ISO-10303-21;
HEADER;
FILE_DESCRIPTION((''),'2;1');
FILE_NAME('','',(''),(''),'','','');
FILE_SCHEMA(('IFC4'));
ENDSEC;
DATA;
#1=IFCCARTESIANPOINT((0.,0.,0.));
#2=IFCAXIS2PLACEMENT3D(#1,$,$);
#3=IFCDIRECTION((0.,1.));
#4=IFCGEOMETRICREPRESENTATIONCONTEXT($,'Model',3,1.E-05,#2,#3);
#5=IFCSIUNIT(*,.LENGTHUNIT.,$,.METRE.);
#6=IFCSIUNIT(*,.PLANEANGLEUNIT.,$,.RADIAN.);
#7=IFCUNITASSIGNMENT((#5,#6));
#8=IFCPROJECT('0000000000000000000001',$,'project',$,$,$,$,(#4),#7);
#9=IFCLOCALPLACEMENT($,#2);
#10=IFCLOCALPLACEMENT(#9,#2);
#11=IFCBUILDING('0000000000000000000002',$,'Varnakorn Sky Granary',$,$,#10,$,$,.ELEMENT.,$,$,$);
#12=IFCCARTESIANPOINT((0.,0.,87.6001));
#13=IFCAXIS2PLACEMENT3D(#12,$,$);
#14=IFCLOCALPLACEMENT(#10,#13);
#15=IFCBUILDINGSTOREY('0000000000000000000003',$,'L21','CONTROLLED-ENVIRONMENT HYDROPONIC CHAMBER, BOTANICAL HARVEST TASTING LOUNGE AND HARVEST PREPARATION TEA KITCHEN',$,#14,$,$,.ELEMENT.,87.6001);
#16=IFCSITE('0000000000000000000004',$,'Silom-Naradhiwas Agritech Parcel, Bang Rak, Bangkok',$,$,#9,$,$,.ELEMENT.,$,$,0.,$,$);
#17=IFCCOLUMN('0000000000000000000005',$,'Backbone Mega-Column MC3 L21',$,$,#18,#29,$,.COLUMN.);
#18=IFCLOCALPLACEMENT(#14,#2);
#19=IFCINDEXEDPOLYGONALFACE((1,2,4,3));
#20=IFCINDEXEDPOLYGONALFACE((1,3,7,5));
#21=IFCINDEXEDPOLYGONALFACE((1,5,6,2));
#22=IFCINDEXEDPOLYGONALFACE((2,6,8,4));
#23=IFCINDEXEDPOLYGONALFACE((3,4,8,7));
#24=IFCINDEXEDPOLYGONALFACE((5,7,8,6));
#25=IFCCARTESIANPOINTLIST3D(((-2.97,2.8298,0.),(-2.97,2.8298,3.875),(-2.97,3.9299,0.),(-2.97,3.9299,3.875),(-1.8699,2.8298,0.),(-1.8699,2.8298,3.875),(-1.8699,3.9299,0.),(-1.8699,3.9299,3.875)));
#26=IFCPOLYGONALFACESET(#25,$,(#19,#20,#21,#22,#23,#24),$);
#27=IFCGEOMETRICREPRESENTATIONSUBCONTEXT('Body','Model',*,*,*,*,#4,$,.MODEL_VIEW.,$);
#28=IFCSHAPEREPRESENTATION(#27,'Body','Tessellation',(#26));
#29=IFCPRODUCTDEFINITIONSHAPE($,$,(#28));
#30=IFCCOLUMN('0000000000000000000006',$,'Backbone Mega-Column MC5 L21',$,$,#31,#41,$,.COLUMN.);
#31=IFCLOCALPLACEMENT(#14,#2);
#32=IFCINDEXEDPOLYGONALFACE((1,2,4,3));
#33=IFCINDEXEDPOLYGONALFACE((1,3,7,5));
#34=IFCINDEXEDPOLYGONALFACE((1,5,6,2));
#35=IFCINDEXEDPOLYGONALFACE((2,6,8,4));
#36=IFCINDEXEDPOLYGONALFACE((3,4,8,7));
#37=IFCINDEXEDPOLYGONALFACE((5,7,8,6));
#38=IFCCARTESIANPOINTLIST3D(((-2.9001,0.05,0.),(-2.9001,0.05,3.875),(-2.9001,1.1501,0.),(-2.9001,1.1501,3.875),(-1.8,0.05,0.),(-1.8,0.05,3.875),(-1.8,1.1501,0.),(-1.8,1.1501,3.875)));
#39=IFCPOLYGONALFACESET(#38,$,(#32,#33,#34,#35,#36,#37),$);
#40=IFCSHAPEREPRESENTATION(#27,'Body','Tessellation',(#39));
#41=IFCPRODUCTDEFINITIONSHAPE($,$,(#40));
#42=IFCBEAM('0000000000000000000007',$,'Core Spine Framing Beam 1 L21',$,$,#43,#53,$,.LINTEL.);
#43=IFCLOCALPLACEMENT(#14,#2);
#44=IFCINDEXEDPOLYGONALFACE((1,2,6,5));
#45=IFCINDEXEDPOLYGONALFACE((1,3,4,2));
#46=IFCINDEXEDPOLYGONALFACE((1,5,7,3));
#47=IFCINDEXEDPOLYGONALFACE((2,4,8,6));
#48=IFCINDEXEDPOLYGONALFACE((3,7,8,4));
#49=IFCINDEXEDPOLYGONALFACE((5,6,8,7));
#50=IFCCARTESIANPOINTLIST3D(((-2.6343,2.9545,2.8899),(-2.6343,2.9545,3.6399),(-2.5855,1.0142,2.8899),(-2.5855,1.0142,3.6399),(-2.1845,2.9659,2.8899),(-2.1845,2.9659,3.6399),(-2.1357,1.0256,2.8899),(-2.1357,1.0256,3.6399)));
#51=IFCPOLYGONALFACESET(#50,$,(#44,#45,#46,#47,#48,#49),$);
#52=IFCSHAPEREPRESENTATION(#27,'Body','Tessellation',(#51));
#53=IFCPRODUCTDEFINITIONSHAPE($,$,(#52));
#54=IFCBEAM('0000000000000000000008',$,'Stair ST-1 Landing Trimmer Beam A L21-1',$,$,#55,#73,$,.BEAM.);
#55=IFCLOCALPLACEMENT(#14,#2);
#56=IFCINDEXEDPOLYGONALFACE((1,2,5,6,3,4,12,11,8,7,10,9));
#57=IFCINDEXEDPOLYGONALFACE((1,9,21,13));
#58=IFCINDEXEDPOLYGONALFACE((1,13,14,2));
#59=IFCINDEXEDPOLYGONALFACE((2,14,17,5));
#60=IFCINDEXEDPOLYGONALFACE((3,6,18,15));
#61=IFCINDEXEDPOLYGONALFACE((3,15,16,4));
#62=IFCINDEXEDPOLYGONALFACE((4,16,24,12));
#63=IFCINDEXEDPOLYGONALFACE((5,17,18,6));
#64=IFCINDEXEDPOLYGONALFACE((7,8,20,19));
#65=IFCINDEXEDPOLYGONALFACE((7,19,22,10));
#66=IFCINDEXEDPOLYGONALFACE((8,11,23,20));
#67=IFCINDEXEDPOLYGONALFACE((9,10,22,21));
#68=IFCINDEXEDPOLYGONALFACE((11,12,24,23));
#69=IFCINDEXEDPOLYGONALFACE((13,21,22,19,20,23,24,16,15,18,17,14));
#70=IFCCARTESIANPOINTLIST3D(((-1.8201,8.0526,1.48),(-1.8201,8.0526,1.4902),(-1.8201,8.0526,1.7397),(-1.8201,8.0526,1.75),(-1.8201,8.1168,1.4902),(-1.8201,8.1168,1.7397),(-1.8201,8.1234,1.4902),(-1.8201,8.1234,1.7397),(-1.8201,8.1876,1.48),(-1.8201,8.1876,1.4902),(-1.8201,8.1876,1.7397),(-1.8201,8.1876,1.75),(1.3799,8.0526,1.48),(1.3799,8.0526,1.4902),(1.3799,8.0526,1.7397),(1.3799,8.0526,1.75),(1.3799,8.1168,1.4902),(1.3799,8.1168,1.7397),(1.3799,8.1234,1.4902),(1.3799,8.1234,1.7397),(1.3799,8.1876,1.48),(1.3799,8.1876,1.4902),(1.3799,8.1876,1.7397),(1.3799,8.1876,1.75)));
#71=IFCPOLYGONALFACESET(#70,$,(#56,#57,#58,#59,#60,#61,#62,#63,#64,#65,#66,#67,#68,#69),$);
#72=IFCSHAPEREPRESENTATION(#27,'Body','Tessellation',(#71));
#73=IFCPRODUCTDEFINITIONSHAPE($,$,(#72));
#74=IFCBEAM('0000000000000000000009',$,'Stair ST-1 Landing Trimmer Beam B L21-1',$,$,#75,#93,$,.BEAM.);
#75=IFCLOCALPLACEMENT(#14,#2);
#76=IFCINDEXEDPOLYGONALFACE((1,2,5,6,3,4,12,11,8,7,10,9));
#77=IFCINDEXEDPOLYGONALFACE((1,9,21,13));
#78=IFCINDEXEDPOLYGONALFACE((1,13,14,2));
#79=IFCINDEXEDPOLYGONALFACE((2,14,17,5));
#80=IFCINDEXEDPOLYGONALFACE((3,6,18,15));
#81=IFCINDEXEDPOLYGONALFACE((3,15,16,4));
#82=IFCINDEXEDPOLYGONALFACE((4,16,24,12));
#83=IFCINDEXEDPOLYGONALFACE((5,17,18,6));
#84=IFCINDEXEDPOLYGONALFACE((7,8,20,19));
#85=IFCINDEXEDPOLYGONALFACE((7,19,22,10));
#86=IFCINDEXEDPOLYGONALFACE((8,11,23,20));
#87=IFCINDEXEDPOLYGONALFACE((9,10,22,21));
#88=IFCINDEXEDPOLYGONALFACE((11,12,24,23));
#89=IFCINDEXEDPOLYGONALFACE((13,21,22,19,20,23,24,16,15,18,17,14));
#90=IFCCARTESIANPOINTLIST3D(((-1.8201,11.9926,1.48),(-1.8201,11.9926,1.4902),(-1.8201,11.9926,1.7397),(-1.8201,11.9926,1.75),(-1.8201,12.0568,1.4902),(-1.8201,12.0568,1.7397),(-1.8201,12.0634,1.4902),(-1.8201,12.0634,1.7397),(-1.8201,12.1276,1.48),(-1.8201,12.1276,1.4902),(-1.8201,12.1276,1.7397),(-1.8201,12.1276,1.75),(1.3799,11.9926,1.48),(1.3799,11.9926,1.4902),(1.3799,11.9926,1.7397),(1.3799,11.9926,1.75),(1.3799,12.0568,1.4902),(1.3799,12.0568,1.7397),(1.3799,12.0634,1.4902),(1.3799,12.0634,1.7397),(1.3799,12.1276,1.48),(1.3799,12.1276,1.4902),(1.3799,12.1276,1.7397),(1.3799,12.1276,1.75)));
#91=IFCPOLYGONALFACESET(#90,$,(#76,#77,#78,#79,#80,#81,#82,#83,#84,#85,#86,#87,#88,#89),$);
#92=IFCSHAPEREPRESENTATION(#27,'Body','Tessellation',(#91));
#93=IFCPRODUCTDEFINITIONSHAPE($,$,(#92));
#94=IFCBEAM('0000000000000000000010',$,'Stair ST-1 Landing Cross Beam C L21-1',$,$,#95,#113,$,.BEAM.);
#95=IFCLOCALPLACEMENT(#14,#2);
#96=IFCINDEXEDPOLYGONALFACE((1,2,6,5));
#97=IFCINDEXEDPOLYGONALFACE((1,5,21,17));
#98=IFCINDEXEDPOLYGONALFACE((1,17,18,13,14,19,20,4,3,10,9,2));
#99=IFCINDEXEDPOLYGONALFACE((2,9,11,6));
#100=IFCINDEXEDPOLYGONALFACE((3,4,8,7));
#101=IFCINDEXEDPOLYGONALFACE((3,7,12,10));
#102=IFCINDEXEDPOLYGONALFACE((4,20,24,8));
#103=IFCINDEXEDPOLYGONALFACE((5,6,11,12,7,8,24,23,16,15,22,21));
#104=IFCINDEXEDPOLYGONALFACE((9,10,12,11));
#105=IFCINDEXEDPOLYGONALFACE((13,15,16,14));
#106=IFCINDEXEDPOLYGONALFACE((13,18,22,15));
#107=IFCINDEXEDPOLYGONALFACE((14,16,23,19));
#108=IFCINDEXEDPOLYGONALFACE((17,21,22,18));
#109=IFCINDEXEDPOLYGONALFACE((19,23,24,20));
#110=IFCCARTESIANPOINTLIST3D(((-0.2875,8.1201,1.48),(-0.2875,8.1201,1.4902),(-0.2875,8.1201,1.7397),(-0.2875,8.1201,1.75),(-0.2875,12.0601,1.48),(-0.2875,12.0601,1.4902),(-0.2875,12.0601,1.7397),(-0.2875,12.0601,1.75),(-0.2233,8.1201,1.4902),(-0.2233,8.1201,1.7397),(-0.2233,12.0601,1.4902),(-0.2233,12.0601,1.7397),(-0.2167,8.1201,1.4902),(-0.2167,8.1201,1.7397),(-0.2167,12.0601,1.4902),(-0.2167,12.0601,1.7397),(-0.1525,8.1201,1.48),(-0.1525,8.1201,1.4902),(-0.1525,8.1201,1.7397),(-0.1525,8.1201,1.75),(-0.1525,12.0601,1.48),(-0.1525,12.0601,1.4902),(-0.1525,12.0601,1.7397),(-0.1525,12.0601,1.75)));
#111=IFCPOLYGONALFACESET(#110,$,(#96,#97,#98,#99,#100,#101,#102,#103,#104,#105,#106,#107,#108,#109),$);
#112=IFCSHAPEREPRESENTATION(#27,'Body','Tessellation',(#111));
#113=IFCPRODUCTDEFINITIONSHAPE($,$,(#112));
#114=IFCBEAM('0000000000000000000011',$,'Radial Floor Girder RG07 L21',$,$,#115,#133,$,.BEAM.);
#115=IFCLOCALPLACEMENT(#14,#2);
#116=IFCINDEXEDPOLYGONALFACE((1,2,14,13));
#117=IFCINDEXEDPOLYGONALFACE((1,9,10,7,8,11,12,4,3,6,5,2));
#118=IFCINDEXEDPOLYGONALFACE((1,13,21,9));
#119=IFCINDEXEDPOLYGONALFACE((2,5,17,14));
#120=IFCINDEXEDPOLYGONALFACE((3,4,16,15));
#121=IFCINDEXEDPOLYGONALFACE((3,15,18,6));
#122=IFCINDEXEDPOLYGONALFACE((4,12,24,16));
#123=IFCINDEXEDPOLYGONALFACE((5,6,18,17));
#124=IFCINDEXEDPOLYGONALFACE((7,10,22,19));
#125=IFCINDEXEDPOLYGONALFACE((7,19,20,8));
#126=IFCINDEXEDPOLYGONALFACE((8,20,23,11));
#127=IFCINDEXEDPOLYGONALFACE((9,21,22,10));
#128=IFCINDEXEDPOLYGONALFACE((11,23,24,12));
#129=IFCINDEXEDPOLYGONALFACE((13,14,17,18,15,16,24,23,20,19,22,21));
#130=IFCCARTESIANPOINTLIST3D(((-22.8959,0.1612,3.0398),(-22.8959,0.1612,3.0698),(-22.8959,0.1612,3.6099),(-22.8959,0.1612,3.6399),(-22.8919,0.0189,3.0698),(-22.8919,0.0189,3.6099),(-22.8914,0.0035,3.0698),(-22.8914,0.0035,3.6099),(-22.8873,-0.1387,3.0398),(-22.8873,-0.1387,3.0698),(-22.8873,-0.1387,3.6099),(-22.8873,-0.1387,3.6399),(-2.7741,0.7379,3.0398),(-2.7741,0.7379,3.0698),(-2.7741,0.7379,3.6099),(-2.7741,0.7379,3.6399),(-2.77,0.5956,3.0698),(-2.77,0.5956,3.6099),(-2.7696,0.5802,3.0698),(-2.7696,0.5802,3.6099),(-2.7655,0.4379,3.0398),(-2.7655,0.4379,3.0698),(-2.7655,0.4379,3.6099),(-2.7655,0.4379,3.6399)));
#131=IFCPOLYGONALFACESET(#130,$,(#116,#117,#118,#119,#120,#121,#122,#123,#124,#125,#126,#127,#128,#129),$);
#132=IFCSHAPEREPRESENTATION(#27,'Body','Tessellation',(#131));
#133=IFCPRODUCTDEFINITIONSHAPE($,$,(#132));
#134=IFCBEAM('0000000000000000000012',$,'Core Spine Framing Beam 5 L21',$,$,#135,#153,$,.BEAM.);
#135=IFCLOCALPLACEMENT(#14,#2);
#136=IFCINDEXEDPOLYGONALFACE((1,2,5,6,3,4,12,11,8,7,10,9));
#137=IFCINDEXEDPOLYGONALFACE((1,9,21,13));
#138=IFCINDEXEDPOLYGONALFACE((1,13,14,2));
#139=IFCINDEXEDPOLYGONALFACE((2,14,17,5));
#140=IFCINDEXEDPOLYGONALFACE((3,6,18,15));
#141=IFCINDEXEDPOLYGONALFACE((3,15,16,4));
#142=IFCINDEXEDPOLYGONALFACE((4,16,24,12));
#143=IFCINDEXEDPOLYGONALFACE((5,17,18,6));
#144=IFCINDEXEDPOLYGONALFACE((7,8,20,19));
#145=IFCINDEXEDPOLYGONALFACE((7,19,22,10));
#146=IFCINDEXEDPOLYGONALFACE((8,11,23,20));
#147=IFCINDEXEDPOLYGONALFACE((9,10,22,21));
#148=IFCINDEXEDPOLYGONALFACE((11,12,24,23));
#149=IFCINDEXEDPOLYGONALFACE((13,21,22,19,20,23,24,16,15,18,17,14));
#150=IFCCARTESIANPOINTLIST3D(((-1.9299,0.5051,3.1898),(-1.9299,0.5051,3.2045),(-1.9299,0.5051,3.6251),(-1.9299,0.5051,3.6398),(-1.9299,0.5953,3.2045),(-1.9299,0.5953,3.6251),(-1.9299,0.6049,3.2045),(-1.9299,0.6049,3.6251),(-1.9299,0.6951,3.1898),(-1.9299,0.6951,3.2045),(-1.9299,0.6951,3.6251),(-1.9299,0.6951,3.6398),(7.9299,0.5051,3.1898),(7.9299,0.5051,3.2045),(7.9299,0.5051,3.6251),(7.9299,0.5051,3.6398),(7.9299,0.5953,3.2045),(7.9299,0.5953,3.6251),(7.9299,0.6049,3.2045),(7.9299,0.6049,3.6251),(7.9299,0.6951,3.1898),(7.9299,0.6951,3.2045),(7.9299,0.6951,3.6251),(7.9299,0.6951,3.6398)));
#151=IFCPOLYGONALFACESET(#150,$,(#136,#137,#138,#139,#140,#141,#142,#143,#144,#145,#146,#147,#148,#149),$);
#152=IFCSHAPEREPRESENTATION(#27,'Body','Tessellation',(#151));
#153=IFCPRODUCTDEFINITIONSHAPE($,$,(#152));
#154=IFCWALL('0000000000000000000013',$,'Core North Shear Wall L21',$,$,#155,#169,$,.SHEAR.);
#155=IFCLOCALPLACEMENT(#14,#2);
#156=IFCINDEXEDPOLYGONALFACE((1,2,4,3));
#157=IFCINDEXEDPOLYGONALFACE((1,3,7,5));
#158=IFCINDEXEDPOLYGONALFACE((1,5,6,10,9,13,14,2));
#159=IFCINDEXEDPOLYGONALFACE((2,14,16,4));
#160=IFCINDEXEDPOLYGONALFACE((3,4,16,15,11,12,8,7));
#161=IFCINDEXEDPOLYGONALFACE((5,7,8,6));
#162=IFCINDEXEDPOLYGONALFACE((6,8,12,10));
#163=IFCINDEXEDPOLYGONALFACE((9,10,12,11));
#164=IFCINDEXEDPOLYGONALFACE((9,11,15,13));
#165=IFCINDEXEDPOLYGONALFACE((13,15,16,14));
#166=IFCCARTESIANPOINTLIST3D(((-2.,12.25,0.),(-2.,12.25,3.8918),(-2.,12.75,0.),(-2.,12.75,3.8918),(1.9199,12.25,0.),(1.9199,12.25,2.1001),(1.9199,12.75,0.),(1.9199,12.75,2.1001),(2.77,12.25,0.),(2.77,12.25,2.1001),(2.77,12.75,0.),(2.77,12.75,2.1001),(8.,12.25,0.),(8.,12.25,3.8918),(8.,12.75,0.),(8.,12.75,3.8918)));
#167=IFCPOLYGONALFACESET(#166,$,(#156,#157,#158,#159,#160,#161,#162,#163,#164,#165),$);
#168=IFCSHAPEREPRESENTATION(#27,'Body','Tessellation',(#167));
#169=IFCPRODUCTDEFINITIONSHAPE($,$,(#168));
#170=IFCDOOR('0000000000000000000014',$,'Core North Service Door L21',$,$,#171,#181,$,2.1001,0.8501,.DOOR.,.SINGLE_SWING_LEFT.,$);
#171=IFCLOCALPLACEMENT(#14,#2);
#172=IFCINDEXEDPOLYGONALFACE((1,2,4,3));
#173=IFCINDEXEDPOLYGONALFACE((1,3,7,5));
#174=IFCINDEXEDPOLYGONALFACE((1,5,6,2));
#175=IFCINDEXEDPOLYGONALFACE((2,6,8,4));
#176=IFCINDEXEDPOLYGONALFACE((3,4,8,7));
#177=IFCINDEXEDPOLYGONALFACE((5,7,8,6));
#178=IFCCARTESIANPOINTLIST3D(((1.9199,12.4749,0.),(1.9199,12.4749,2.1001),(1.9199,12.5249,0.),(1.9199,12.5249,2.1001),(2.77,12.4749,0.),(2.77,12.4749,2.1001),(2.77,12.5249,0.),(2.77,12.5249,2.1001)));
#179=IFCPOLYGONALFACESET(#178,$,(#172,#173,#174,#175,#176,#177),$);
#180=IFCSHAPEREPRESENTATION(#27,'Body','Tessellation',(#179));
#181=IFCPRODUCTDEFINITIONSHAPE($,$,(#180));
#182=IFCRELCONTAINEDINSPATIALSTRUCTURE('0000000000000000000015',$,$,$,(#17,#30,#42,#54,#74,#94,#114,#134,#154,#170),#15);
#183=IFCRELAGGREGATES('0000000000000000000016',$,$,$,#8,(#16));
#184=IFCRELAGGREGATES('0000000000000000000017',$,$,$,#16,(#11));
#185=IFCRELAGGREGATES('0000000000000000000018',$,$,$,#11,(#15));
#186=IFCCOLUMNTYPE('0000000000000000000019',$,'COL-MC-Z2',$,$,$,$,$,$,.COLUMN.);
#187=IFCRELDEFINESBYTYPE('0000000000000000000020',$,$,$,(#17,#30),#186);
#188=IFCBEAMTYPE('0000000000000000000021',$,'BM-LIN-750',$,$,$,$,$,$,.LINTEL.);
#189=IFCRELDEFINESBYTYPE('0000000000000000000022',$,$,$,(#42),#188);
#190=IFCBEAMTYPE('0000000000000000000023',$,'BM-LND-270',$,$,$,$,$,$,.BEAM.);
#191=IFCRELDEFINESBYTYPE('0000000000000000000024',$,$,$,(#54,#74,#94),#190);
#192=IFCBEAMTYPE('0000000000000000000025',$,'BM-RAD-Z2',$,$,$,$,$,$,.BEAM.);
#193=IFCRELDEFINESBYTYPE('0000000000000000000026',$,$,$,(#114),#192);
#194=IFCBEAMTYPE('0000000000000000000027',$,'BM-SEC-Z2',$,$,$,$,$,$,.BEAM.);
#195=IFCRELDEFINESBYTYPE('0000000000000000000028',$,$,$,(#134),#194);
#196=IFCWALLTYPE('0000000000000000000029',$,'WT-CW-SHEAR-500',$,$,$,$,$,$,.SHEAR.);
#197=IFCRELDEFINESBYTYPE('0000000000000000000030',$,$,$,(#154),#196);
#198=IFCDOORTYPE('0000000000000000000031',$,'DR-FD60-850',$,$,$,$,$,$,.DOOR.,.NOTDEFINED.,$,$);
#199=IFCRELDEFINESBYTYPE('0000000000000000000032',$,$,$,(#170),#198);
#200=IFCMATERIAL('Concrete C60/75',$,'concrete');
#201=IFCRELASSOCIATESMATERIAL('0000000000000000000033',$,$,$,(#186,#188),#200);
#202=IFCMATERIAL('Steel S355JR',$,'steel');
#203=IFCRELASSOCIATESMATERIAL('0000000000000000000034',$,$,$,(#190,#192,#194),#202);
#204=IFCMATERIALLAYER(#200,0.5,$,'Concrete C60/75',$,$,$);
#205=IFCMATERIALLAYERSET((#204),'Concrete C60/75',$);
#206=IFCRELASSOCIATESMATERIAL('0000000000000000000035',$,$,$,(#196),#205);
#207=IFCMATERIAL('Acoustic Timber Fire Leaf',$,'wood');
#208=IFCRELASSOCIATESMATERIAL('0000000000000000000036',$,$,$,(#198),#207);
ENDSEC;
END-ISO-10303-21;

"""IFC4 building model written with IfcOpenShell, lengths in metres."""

from ifc_helpers import new_model, si_unit, direction, frame, frame_2d, origin, origin_2d, place, context, subcontext, project, spatial, rectangle, i_section, extrude, material, layer, layer_set, material_profile, profile_set, type_object, element, fill, save


model = new_model("IFC4")

# Units and contexts
model_context = context("Model", 3, precision=1e-05, world=origin(), true_north=direction((0.0, 1.0)))
body_context = subcontext(model_context, "Body", "Model", "MODEL_VIEW")
ifc_project = project(units=[si_unit("LENGTHUNIT", "METRE"), si_unit("PLANEANGLEUNIT", "RADIAN")], contexts=[model_context])

# Site, building, storey
site_placement = place(None, origin())
site = spatial("IfcSite", under=ifc_project, at=site_placement, Name="Silom-Naradhiwas Agritech Parcel, Bang Rak, Bangkok", CompositionType="ELEMENT", RefElevation=0.0)
building_placement = place(site_placement, origin())
building = spatial("IfcBuilding", under=site, at=building_placement, Name="Varnakorn Sky Granary", CompositionType="ELEMENT")
storey_placement = place(building_placement, frame((0.0, 0.0, 87.6001)))
storey = spatial("IfcBuildingStorey", under=building, at=storey_placement, Name="L21", Description="CONTROLLED-ENVIRONMENT HYDROPONIC CHAMBER, BOTANICAL HARVEST TASTING LOUNGE AND HARVEST PREPARATION TEA KITCHEN", CompositionType="ELEMENT", Elevation=87.6001)

# Columns
ifc_material_1 = material(Name="Concrete C60/75", Category="concrete")
ifc_material_profile_1 = material_profile(ifc_material_1, rectangle(XDim=1.1001, YDim=1.1001, at=origin_2d()), Name="RC 1100x1100")
ifc_profile_set_1 = profile_set([ifc_material_profile_1], Name="Concrete C60/75")
column_type = type_object("IfcColumnType", Name="COL-MC-Z2", PredefinedType="COLUMN", material=ifc_profile_set_1)
for number, where, z_axis, x_axis, name in (
    (1, (-2.4199, 3.3799, 0.0), (0.0, 0.0, 1.0), (1.0, 0.0, 0.0), "Backbone Mega-Column MC3 L21"),
    (2, (-2.3501, 0.6001, 0.0), (0.0, 0.0, 1.0), (1.0, 0.0, 0.0), "Backbone Mega-Column MC5 L21"),
):
    element("IfcColumn", number, at=place(storey_placement, frame(where, z_axis=z_axis, x_axis=x_axis)), inside=storey, type_object=column_type, Name=name, PredefinedType="COLUMN", context=body_context, shape_type="SweptSolid", body=[
        extrude(rectangle(XDim=1.1001, YDim=1.1001, at=origin_2d()), origin(), (0.0, 0.0, 1.0), 3.875),
    ])

# Beams
ifc_material_profile_2 = material_profile(ifc_material_1, rectangle(XDim=0.45, YDim=0.75, at=origin_2d()), Name="RC 450x750")
ifc_profile_set_2 = profile_set([ifc_material_profile_2], Name="Concrete C60/75")
beam_type_1 = type_object("IfcBeamType", Name="BM-LIN-750", PredefinedType="LINTEL", material=ifc_profile_set_2)
beam_1_placement = place(storey_placement, frame((-2.4094, 2.9602, 3.2649), z_axis=(0.025159, -0.999683, 0.0), x_axis=(0.999683, 0.025159, 0.0)))
element("IfcBeam", 3, at=beam_1_placement, inside=storey, type_object=beam_type_1, Name="Core Spine Framing Beam 1 L21", PredefinedType="LINTEL", context=body_context, shape_type="SweptSolid", body=[
    extrude(rectangle(XDim=0.45, YDim=0.75, at=origin_2d()), origin(), (0.0, 0.0, 1.0), 1.9409),
])
ifc_material_2 = material(Name="Steel S355JR", Category="steel")
ifc_material_profile_3 = material_profile(ifc_material_2, i_section(OverallWidth=0.135, OverallDepth=0.27, WebThickness=0.0066, FlangeThickness=0.0103, at=origin_2d()), Name="IPE 270")
ifc_profile_set_3 = profile_set([ifc_material_profile_3], Name="Steel S355JR")
beam_type_2 = type_object("IfcBeamType", Name="BM-LND-270", PredefinedType="BEAM", material=ifc_profile_set_3)
for number, where, z_axis, x_axis, name in (
    (4, (-1.8201, 8.1201, 1.615), (1.0, 0.0, 0.0), (0.0, 1.0, 0.0), "Stair ST-1 Landing Trimmer Beam A L21-1"),
    (5, (-1.8201, 12.0601, 1.615), (1.0, 0.0, 0.0), (0.0, 1.0, 0.0), "Stair ST-1 Landing Trimmer Beam B L21-1"),
):
    element("IfcBeam", number, at=place(storey_placement, frame(where, z_axis=z_axis, x_axis=x_axis)), inside=storey, type_object=beam_type_2, Name=name, PredefinedType="BEAM", context=body_context, shape_type="SweptSolid", body=[
        extrude(i_section(OverallWidth=0.135, OverallDepth=0.27, WebThickness=0.0066, FlangeThickness=0.0103, at=origin_2d()), origin(), (0.0, 0.0, 1.0), 3.2),
    ])
beam_2_placement = place(storey_placement, frame((-0.22, 8.1201, 1.615), z_axis=(0.0, 1.0, 0.0), x_axis=(-1.0, 0.0, 0.0)))
element("IfcBeam", 6, at=beam_2_placement, inside=storey, type_object=beam_type_2, Name="Stair ST-1 Landing Cross Beam C L21-1", PredefinedType="BEAM", context=body_context, shape_type="SweptSolid", body=[
    extrude(i_section(OverallWidth=0.135, OverallDepth=0.27, WebThickness=0.0066, FlangeThickness=0.0103, at=origin_2d()), origin(), (0.0, 0.0, 1.0), 3.9399),
])
ifc_material_profile_4 = material_profile(ifc_material_2, i_section(OverallWidth=0.3, OverallDepth=0.6001, WebThickness=0.0154, FlangeThickness=0.03, at=origin_2d()), Name="HE 600 B")
ifc_profile_set_4 = profile_set([ifc_material_profile_4], Name="Steel S355JR")
beam_type_3 = type_object("IfcBeamType", Name="BM-RAD-Z2", PredefinedType="BEAM", material=ifc_profile_set_4)
beam_3_placement = place(storey_placement, frame((-2.7698, 0.5879, 3.3398), z_axis=(-0.99959, -0.028647, 0.0), x_axis=(0.028647, -0.99959, 0.0)))
element("IfcBeam", 7, at=beam_3_placement, inside=storey, type_object=beam_type_3, Name="Radial Floor Girder RG07 L21", PredefinedType="BEAM", context=body_context, shape_type="SweptSolid", body=[
    extrude(i_section(OverallWidth=0.3, OverallDepth=0.6001, WebThickness=0.0154, FlangeThickness=0.03, at=origin_2d()), origin(), (0.0, 0.0, 1.0), 20.1301),
])
ifc_material_profile_5 = material_profile(ifc_material_2, i_section(OverallWidth=0.1899, OverallDepth=0.45, WebThickness=0.0095, FlangeThickness=0.0146, at=origin_2d()), Name="IPE 450")
ifc_profile_set_5 = profile_set([ifc_material_profile_5], Name="Steel S355JR")
beam_type_4 = type_object("IfcBeamType", Name="BM-SEC-Z2", PredefinedType="BEAM", material=ifc_profile_set_5)
beam_4_placement = place(storey_placement, frame((-1.9299, 0.6001, 3.4148), z_axis=(1.0, 0.0, 0.0), x_axis=(0.0, 1.0, 0.0)))
element("IfcBeam", 8, at=beam_4_placement, inside=storey, type_object=beam_type_4, Name="Core Spine Framing Beam 5 L21", PredefinedType="BEAM", context=body_context, shape_type="SweptSolid", body=[
    extrude(i_section(OverallWidth=0.1899, OverallDepth=0.45, WebThickness=0.0095, FlangeThickness=0.0146, at=origin_2d()), origin(), (0.0, 0.0, 1.0), 9.8599),
])

# Shared definitions
ifc_layer_1 = layer(ifc_material_1, 0.5, Name="Concrete C60/75")
ifc_layer_set_1 = layer_set([ifc_layer_1], Name="Concrete C60/75")
wall_type_1 = type_object("IfcWallType", Name="WT-CW-SHEAR-500", PredefinedType="SHEAR", material=ifc_layer_set_1)

# Wall, opening, door
wall_1_placement = place(storey_placement, frame((-2.0, 12.5, 0.0), z_axis=(0.0, 0.0, 1.0), x_axis=(1.0, 0.0, 0.0)))
wall_1 = element("IfcWall", 9, at=wall_1_placement, inside=storey, type_object=wall_type_1, Name="Core North Shear Wall L21", PredefinedType="SHEAR", context=body_context, shape_type="SweptSolid", body=[
    extrude(rectangle(XDim=10.0, YDim=0.5, at=frame_2d((5.0, 0.0))), origin(), (0.0, 0.0, 1.0), 3.8918),
])
opening_1_placement = place(wall_1_placement, frame((3.9199, 0.0, 0.0)))
opening_1 = element("IfcOpeningElement", 10, at=opening_1_placement, cuts=wall_1, PredefinedType="OPENING", context=body_context, shape_type="SweptSolid", body=[
    extrude(rectangle(XDim=0.8501, YDim=2.1001, at=frame_2d((0.425, 1.05))), frame((0.0, 0.26, 0.0), z_axis=(0.0, -1.0, 0.0), x_axis=(1.0, 0.0, 0.0)), (0.0, 0.0, 1.0), 0.52),
])
ifc_material_3 = material(Name="Acoustic Timber Fire Leaf", Category="wood")
door_type_1 = type_object("IfcDoorType", Name="DR-FD60-850", OperationType="NOTDEFINED", PredefinedType="DOOR", material=ifc_material_3)
door_1_placement = place(opening_1_placement, origin())
door_1 = element("IfcDoor", 11, at=door_1_placement, inside=storey, type_object=door_type_1, Name="Core North Service Door L21", OperationType="SINGLE_SWING_LEFT", OverallHeight=2.1001, OverallWidth=0.8501, PredefinedType="DOOR", context=body_context, shape_type="SweptSolid", body=[
    extrude(rectangle(XDim=0.8501, YDim=2.1001, at=frame_2d((0.425, 1.05))), frame((0.0, 0.0249, 0.0), z_axis=(0.0, -1.0, 0.0), x_axis=(1.0, 0.0, 0.0)), (0.0, 0.0, 1.0), 0.05),
])
fill(opening_1, door_1)

save(model, "model.ifc")
